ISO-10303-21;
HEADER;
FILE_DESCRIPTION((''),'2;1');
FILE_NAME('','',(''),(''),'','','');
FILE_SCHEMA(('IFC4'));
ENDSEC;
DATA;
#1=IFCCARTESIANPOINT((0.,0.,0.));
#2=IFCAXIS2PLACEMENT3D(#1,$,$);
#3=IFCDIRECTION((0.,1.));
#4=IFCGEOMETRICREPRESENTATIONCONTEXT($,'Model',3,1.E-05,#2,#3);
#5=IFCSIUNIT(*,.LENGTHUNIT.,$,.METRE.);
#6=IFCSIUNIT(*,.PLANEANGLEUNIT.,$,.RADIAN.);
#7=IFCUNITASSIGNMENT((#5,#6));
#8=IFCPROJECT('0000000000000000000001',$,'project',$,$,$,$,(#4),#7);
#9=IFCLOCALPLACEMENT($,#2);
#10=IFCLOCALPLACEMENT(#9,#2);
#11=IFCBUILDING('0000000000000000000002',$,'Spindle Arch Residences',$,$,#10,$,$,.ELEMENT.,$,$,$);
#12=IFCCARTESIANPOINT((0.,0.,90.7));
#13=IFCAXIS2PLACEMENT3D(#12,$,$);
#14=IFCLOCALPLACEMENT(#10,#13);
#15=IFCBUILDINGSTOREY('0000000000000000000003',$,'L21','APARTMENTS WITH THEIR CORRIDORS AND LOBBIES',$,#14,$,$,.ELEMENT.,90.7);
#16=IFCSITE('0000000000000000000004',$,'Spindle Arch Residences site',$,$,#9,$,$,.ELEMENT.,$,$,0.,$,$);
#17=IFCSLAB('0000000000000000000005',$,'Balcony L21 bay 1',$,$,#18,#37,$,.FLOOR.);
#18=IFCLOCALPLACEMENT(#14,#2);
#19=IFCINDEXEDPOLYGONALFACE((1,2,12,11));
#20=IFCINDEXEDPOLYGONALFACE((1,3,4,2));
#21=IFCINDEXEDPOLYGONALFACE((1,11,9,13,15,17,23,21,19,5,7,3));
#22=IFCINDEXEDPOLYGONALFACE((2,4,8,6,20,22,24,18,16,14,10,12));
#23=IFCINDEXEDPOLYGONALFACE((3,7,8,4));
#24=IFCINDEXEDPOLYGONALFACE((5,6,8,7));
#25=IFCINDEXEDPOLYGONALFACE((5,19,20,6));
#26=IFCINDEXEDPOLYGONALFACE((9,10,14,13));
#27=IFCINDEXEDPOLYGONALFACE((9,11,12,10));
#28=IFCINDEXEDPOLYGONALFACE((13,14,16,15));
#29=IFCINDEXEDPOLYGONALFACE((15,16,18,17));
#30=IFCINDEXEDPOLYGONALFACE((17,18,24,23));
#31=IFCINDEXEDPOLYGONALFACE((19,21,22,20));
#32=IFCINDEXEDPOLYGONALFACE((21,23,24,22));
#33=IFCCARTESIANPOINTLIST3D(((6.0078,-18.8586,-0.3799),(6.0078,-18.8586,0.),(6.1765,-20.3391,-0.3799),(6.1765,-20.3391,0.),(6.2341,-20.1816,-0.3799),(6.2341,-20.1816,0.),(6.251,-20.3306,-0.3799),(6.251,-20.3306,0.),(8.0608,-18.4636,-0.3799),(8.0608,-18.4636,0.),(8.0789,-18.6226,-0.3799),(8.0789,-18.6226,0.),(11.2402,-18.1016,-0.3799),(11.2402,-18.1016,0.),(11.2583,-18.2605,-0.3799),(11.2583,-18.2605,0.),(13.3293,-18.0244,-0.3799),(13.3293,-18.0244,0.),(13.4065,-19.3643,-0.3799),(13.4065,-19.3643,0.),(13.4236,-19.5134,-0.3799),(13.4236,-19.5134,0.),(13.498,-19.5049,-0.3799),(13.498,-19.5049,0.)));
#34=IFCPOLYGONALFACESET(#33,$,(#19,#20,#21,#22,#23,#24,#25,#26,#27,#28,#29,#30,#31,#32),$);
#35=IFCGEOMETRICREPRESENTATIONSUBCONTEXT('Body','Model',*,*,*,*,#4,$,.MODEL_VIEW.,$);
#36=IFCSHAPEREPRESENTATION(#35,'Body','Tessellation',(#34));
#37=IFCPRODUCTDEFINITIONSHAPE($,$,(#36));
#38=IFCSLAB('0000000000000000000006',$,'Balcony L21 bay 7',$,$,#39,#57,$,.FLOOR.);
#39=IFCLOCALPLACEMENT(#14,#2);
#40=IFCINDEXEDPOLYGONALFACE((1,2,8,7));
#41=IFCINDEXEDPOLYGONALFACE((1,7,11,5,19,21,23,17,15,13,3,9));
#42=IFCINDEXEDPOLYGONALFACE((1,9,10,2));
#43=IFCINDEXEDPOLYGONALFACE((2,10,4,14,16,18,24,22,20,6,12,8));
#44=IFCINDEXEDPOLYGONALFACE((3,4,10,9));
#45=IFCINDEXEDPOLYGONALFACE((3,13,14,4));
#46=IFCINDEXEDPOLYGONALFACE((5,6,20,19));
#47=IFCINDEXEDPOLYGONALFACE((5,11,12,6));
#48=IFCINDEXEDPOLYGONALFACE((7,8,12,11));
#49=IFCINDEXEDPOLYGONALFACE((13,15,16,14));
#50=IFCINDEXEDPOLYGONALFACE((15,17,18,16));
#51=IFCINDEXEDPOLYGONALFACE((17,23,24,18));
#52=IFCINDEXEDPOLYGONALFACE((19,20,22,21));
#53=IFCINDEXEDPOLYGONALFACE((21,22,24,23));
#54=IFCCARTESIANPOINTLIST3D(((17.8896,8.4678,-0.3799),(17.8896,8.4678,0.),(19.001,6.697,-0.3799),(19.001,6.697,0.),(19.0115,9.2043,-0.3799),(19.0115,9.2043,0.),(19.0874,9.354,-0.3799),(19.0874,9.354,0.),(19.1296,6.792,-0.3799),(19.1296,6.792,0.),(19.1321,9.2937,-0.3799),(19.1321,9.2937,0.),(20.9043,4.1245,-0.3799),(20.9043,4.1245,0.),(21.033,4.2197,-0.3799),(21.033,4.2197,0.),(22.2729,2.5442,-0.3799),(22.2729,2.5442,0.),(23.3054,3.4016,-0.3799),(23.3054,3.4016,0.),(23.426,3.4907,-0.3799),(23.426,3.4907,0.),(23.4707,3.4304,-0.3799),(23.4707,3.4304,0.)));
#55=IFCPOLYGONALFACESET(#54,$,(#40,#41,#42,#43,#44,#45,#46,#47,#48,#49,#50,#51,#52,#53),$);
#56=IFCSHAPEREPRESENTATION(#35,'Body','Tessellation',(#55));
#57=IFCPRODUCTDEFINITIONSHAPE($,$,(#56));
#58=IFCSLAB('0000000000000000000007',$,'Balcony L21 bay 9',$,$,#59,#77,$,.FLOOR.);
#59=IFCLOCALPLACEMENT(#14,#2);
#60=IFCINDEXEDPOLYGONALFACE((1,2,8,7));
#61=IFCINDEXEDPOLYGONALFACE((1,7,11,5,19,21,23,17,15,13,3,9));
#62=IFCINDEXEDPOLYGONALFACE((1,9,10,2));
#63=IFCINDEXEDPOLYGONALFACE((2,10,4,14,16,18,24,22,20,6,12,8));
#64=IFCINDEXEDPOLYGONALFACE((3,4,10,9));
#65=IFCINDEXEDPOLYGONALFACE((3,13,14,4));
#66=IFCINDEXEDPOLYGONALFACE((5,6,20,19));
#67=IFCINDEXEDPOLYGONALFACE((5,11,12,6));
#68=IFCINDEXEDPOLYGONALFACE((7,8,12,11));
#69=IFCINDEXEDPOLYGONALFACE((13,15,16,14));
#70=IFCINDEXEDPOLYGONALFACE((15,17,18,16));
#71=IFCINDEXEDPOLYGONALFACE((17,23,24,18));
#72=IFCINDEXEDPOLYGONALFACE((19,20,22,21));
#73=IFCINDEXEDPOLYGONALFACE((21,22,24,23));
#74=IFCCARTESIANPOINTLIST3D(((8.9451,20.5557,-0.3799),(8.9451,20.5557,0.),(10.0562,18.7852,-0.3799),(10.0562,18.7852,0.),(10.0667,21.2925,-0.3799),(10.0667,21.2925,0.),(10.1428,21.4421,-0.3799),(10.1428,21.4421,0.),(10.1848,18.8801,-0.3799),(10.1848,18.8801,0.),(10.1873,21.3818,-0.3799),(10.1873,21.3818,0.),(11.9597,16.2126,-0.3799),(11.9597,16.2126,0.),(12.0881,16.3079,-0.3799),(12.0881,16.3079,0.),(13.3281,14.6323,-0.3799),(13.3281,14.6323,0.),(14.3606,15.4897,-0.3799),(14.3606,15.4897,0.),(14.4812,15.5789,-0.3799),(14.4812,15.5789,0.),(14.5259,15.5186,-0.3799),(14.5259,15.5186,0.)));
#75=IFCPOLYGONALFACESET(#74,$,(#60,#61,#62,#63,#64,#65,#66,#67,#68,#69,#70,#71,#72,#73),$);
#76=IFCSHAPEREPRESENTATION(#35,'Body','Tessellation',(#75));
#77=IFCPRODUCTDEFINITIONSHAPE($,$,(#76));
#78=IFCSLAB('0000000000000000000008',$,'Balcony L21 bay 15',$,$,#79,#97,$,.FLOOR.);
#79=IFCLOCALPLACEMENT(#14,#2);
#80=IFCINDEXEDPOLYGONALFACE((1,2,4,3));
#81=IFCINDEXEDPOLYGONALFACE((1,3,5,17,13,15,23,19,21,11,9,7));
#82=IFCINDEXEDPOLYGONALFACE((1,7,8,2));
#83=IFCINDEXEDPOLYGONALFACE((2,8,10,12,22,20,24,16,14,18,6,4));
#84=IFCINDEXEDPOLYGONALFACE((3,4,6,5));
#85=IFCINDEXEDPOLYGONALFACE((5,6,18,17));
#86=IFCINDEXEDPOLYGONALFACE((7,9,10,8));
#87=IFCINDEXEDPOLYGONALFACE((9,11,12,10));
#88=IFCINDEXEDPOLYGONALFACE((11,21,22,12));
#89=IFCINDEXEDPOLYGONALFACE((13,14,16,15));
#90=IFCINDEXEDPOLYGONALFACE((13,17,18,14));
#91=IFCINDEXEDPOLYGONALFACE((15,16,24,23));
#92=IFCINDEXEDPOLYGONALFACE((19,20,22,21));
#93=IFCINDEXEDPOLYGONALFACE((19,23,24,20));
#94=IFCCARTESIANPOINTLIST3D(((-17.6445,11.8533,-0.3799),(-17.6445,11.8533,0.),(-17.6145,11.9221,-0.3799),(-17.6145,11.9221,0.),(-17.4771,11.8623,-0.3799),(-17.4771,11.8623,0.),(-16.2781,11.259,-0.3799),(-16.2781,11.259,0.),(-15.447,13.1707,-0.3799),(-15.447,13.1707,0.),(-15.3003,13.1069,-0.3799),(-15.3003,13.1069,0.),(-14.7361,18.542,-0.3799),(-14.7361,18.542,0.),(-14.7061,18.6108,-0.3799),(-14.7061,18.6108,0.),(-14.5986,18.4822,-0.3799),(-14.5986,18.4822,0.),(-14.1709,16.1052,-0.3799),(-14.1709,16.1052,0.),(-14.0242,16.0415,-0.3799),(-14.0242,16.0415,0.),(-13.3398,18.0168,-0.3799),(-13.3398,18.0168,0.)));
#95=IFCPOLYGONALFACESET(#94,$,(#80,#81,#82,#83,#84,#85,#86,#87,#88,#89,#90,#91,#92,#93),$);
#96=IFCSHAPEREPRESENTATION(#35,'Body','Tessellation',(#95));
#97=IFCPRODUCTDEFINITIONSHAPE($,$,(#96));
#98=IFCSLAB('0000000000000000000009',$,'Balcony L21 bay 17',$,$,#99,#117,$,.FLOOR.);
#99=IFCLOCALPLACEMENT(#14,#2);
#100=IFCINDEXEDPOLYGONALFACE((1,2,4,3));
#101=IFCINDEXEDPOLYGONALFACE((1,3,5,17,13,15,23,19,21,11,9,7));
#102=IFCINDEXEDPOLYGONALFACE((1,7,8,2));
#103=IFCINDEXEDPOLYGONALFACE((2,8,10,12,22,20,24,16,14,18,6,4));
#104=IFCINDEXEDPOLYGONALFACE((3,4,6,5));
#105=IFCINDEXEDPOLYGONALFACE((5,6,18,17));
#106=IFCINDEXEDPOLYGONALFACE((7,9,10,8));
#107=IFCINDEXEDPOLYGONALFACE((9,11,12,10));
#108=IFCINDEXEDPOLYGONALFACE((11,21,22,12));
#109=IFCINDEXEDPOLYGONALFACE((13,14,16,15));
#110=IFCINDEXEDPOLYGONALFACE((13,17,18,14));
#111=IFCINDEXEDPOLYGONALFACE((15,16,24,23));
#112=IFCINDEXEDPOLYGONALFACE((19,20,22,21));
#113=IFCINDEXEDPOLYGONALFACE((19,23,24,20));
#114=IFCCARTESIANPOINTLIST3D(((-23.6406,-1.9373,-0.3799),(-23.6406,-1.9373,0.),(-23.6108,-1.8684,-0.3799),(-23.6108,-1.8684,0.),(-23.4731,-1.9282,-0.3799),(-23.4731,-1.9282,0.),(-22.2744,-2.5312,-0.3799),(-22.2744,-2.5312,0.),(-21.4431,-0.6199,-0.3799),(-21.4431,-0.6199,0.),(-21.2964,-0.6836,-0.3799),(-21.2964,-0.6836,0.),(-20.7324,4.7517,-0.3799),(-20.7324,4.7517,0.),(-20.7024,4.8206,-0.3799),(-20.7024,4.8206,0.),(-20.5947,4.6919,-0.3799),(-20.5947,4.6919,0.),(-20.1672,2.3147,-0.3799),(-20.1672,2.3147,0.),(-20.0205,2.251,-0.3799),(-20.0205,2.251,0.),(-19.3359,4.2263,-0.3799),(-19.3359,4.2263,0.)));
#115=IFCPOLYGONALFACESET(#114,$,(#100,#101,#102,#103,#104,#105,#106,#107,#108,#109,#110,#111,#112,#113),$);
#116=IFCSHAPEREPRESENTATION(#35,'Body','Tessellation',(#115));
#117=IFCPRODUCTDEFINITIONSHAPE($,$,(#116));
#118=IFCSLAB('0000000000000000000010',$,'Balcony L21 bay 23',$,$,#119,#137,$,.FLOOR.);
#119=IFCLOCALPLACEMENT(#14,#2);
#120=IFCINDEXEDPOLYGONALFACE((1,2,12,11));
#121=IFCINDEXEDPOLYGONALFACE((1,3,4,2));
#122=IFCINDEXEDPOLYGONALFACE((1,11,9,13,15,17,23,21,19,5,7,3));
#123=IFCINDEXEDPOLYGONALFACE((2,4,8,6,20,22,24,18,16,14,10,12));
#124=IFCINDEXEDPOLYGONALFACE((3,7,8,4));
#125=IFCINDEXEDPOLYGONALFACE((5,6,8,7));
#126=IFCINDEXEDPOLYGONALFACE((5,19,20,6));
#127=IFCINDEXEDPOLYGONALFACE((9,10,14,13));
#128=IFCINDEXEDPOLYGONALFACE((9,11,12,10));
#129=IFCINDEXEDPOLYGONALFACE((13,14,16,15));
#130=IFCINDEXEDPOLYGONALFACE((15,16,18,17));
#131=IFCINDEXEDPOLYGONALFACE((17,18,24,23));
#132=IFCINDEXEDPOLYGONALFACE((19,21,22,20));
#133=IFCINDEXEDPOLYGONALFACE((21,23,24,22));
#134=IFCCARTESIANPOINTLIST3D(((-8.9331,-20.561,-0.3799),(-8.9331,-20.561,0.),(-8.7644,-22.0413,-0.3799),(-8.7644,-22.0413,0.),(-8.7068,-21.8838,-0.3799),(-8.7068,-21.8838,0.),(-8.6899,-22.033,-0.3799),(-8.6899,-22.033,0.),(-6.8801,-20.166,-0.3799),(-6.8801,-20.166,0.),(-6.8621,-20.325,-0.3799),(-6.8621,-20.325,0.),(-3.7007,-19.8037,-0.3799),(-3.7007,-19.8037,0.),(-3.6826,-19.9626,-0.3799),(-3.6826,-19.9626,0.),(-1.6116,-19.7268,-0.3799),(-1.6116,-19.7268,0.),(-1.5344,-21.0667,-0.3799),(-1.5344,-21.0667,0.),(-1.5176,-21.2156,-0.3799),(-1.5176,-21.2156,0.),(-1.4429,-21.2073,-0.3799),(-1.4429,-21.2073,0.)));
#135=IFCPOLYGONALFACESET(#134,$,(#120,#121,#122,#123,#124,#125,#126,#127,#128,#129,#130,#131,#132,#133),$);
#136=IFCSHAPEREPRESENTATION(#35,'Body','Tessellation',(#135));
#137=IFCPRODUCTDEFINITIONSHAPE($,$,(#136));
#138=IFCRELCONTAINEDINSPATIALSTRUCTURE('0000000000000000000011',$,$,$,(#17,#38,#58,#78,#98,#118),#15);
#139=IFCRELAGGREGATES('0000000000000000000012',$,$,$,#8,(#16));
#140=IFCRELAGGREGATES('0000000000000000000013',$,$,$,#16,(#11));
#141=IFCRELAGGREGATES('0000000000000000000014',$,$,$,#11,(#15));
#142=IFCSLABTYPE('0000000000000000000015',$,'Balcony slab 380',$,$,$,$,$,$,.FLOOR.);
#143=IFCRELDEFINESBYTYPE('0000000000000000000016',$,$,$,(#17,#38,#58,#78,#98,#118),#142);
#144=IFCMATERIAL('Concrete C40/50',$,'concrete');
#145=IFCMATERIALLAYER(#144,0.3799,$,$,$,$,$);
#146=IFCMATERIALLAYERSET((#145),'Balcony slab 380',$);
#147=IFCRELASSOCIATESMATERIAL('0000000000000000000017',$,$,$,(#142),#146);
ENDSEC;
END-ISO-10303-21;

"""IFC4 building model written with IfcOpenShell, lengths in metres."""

from ifc_helpers import new_model, si_unit, direction, frame, origin, place, context, subcontext, project, spatial, polyline, outline, extrude, material, layer, layer_set, type_object, element, save


model = new_model("IFC4")

# Units and contexts
model_context = context("Model", 3, precision=1e-05, world=origin(), true_north=direction((0.0, 1.0)))
body_context = subcontext(model_context, "Body", "Model", "MODEL_VIEW")
ifc_project = project(units=[si_unit("LENGTHUNIT", "METRE"), si_unit("PLANEANGLEUNIT", "RADIAN")], contexts=[model_context])

# Site, building, storey
site_placement = place(None, origin())
site = spatial("IfcSite", under=ifc_project, at=site_placement, Name="Spindle Arch Residences site", CompositionType="ELEMENT", RefElevation=0.0)
building_placement = place(site_placement, origin())
building = spatial("IfcBuilding", under=site, at=building_placement, Name="Spindle Arch Residences", CompositionType="ELEMENT")
storey_placement = place(building_placement, frame((0.0, 0.0, 90.7)))
storey = spatial("IfcBuildingStorey", under=building, at=storey_placement, Name="L21", Description="APARTMENTS WITH THEIR CORRIDORS AND LOBBIES", CompositionType="ELEMENT", Elevation=90.7)

# Slabs
ifc_material_1 = material(Name="Concrete C40/50", Category="concrete")
ifc_layer_1 = layer(ifc_material_1, 0.3799)
ifc_layer_set_1 = layer_set([ifc_layer_1], Name="Balcony slab 380")
slab_type_1 = type_object("IfcSlabType", Name="Balcony slab 380", PredefinedType="FLOOR", material=ifc_layer_set_1)
slab_1_placement = place(storey_placement, frame((0.0, 0.0, -0.3799)))
element("IfcSlab", 1, at=slab_1_placement, inside=storey, type_object=slab_type_1, Name="Balcony L21 bay 1", PredefinedType="FLOOR", context=body_context, shape_type="SweptSolid", body=[
    extrude(outline(polyline([(6.1765, -20.3391), (6.251, -20.3306), (6.2341, -20.1816), (13.4065, -19.3643), (13.4236, -19.5134), (13.498, -19.5049), (13.3293, -18.0244), (11.2583, -18.2605), (11.2402, -18.1016), (8.0608, -18.4636), (8.0789, -18.6226), (6.0078, -18.8586), (6.1765, -20.3391)])), origin(), (0.0, 0.0, 1.0), 0.3799),
])
slab_2_placement = place(storey_placement, frame((0.0, 0.0, -0.3799)))
element("IfcSlab", 2, at=slab_2_placement, inside=storey, type_object=slab_type_1, Name="Balcony L21 bay 7", PredefinedType="FLOOR", context=body_context, shape_type="SweptSolid", body=[
    extrude(outline(polyline([(23.4707, 3.4304), (23.426, 3.4907), (23.3054, 3.4016), (19.0115, 9.2043), (19.1321, 9.2937), (19.0874, 9.354), (17.8896, 8.4678), (19.1296, 6.792), (19.001, 6.697), (20.9043, 4.1245), (21.033, 4.2197), (22.2729, 2.5442), (23.4707, 3.4304)])), origin(), (0.0, 0.0, 1.0), 0.3799),
])
slab_3_placement = place(storey_placement, frame((0.0, 0.0, -0.3799)))
element("IfcSlab", 3, at=slab_3_placement, inside=storey, type_object=slab_type_1, Name="Balcony L21 bay 9", PredefinedType="FLOOR", context=body_context, shape_type="SweptSolid", body=[
    extrude(outline(polyline([(14.5259, 15.5186), (14.4812, 15.5789), (14.3606, 15.4897), (10.0667, 21.2925), (10.1873, 21.3818), (10.1428, 21.4421), (8.9451, 20.5557), (10.1848, 18.8801), (10.0562, 18.7852), (11.9597, 16.2126), (12.0881, 16.3079), (13.3281, 14.6323), (14.5259, 15.5186)])), origin(), (0.0, 0.0, 1.0), 0.3799),
])
slab_4_placement = place(storey_placement, frame((0.0, 0.0, -0.3799)))
element("IfcSlab", 4, at=slab_4_placement, inside=storey, type_object=slab_type_1, Name="Balcony L21 bay 15", PredefinedType="FLOOR", context=body_context, shape_type="SweptSolid", body=[
    extrude(outline(polyline([(-14.7061, 18.6108), (-14.7361, 18.542), (-14.5986, 18.4822), (-17.4771, 11.8623), (-17.6145, 11.9221), (-17.6445, 11.8533), (-16.2781, 11.259), (-15.447, 13.1707), (-15.3003, 13.1069), (-14.0242, 16.0415), (-14.1709, 16.1052), (-13.3398, 18.0168), (-14.7061, 18.6108)])), origin(), (0.0, 0.0, 1.0), 0.3799),
])
slab_5_placement = place(storey_placement, frame((0.0, 0.0, -0.3799)))
element("IfcSlab", 5, at=slab_5_placement, inside=storey, type_object=slab_type_1, Name="Balcony L21 bay 17", PredefinedType="FLOOR", context=body_context, shape_type="SweptSolid", body=[
    extrude(outline(polyline([(-20.7024, 4.8206), (-20.7324, 4.7517), (-20.5947, 4.6919), (-23.4731, -1.9282), (-23.6108, -1.8684), (-23.6406, -1.9373), (-22.2744, -2.5312), (-21.4431, -0.6199), (-21.2964, -0.6836), (-20.0205, 2.251), (-20.1672, 2.3147), (-19.3359, 4.2263), (-20.7024, 4.8206)])), origin(), (0.0, 0.0, 1.0), 0.3799),
])
slab_6_placement = place(storey_placement, frame((0.0, 0.0, -0.3799)))
element("IfcSlab", 6, at=slab_6_placement, inside=storey, type_object=slab_type_1, Name="Balcony L21 bay 23", PredefinedType="FLOOR", context=body_context, shape_type="SweptSolid", body=[
    extrude(outline(polyline([(-8.7644, -22.0413), (-8.6899, -22.033), (-8.7068, -21.8838), (-1.5344, -21.0667), (-1.5176, -21.2156), (-1.4429, -21.2073), (-1.6116, -19.7268), (-3.6826, -19.9626), (-3.7007, -19.8037), (-6.8801, -20.166), (-6.8621, -20.325), (-8.9331, -20.561), (-8.7644, -22.0413)])), origin(), (0.0, 0.0, 1.0), 0.3799),
])

save(model, "model.ifc")
